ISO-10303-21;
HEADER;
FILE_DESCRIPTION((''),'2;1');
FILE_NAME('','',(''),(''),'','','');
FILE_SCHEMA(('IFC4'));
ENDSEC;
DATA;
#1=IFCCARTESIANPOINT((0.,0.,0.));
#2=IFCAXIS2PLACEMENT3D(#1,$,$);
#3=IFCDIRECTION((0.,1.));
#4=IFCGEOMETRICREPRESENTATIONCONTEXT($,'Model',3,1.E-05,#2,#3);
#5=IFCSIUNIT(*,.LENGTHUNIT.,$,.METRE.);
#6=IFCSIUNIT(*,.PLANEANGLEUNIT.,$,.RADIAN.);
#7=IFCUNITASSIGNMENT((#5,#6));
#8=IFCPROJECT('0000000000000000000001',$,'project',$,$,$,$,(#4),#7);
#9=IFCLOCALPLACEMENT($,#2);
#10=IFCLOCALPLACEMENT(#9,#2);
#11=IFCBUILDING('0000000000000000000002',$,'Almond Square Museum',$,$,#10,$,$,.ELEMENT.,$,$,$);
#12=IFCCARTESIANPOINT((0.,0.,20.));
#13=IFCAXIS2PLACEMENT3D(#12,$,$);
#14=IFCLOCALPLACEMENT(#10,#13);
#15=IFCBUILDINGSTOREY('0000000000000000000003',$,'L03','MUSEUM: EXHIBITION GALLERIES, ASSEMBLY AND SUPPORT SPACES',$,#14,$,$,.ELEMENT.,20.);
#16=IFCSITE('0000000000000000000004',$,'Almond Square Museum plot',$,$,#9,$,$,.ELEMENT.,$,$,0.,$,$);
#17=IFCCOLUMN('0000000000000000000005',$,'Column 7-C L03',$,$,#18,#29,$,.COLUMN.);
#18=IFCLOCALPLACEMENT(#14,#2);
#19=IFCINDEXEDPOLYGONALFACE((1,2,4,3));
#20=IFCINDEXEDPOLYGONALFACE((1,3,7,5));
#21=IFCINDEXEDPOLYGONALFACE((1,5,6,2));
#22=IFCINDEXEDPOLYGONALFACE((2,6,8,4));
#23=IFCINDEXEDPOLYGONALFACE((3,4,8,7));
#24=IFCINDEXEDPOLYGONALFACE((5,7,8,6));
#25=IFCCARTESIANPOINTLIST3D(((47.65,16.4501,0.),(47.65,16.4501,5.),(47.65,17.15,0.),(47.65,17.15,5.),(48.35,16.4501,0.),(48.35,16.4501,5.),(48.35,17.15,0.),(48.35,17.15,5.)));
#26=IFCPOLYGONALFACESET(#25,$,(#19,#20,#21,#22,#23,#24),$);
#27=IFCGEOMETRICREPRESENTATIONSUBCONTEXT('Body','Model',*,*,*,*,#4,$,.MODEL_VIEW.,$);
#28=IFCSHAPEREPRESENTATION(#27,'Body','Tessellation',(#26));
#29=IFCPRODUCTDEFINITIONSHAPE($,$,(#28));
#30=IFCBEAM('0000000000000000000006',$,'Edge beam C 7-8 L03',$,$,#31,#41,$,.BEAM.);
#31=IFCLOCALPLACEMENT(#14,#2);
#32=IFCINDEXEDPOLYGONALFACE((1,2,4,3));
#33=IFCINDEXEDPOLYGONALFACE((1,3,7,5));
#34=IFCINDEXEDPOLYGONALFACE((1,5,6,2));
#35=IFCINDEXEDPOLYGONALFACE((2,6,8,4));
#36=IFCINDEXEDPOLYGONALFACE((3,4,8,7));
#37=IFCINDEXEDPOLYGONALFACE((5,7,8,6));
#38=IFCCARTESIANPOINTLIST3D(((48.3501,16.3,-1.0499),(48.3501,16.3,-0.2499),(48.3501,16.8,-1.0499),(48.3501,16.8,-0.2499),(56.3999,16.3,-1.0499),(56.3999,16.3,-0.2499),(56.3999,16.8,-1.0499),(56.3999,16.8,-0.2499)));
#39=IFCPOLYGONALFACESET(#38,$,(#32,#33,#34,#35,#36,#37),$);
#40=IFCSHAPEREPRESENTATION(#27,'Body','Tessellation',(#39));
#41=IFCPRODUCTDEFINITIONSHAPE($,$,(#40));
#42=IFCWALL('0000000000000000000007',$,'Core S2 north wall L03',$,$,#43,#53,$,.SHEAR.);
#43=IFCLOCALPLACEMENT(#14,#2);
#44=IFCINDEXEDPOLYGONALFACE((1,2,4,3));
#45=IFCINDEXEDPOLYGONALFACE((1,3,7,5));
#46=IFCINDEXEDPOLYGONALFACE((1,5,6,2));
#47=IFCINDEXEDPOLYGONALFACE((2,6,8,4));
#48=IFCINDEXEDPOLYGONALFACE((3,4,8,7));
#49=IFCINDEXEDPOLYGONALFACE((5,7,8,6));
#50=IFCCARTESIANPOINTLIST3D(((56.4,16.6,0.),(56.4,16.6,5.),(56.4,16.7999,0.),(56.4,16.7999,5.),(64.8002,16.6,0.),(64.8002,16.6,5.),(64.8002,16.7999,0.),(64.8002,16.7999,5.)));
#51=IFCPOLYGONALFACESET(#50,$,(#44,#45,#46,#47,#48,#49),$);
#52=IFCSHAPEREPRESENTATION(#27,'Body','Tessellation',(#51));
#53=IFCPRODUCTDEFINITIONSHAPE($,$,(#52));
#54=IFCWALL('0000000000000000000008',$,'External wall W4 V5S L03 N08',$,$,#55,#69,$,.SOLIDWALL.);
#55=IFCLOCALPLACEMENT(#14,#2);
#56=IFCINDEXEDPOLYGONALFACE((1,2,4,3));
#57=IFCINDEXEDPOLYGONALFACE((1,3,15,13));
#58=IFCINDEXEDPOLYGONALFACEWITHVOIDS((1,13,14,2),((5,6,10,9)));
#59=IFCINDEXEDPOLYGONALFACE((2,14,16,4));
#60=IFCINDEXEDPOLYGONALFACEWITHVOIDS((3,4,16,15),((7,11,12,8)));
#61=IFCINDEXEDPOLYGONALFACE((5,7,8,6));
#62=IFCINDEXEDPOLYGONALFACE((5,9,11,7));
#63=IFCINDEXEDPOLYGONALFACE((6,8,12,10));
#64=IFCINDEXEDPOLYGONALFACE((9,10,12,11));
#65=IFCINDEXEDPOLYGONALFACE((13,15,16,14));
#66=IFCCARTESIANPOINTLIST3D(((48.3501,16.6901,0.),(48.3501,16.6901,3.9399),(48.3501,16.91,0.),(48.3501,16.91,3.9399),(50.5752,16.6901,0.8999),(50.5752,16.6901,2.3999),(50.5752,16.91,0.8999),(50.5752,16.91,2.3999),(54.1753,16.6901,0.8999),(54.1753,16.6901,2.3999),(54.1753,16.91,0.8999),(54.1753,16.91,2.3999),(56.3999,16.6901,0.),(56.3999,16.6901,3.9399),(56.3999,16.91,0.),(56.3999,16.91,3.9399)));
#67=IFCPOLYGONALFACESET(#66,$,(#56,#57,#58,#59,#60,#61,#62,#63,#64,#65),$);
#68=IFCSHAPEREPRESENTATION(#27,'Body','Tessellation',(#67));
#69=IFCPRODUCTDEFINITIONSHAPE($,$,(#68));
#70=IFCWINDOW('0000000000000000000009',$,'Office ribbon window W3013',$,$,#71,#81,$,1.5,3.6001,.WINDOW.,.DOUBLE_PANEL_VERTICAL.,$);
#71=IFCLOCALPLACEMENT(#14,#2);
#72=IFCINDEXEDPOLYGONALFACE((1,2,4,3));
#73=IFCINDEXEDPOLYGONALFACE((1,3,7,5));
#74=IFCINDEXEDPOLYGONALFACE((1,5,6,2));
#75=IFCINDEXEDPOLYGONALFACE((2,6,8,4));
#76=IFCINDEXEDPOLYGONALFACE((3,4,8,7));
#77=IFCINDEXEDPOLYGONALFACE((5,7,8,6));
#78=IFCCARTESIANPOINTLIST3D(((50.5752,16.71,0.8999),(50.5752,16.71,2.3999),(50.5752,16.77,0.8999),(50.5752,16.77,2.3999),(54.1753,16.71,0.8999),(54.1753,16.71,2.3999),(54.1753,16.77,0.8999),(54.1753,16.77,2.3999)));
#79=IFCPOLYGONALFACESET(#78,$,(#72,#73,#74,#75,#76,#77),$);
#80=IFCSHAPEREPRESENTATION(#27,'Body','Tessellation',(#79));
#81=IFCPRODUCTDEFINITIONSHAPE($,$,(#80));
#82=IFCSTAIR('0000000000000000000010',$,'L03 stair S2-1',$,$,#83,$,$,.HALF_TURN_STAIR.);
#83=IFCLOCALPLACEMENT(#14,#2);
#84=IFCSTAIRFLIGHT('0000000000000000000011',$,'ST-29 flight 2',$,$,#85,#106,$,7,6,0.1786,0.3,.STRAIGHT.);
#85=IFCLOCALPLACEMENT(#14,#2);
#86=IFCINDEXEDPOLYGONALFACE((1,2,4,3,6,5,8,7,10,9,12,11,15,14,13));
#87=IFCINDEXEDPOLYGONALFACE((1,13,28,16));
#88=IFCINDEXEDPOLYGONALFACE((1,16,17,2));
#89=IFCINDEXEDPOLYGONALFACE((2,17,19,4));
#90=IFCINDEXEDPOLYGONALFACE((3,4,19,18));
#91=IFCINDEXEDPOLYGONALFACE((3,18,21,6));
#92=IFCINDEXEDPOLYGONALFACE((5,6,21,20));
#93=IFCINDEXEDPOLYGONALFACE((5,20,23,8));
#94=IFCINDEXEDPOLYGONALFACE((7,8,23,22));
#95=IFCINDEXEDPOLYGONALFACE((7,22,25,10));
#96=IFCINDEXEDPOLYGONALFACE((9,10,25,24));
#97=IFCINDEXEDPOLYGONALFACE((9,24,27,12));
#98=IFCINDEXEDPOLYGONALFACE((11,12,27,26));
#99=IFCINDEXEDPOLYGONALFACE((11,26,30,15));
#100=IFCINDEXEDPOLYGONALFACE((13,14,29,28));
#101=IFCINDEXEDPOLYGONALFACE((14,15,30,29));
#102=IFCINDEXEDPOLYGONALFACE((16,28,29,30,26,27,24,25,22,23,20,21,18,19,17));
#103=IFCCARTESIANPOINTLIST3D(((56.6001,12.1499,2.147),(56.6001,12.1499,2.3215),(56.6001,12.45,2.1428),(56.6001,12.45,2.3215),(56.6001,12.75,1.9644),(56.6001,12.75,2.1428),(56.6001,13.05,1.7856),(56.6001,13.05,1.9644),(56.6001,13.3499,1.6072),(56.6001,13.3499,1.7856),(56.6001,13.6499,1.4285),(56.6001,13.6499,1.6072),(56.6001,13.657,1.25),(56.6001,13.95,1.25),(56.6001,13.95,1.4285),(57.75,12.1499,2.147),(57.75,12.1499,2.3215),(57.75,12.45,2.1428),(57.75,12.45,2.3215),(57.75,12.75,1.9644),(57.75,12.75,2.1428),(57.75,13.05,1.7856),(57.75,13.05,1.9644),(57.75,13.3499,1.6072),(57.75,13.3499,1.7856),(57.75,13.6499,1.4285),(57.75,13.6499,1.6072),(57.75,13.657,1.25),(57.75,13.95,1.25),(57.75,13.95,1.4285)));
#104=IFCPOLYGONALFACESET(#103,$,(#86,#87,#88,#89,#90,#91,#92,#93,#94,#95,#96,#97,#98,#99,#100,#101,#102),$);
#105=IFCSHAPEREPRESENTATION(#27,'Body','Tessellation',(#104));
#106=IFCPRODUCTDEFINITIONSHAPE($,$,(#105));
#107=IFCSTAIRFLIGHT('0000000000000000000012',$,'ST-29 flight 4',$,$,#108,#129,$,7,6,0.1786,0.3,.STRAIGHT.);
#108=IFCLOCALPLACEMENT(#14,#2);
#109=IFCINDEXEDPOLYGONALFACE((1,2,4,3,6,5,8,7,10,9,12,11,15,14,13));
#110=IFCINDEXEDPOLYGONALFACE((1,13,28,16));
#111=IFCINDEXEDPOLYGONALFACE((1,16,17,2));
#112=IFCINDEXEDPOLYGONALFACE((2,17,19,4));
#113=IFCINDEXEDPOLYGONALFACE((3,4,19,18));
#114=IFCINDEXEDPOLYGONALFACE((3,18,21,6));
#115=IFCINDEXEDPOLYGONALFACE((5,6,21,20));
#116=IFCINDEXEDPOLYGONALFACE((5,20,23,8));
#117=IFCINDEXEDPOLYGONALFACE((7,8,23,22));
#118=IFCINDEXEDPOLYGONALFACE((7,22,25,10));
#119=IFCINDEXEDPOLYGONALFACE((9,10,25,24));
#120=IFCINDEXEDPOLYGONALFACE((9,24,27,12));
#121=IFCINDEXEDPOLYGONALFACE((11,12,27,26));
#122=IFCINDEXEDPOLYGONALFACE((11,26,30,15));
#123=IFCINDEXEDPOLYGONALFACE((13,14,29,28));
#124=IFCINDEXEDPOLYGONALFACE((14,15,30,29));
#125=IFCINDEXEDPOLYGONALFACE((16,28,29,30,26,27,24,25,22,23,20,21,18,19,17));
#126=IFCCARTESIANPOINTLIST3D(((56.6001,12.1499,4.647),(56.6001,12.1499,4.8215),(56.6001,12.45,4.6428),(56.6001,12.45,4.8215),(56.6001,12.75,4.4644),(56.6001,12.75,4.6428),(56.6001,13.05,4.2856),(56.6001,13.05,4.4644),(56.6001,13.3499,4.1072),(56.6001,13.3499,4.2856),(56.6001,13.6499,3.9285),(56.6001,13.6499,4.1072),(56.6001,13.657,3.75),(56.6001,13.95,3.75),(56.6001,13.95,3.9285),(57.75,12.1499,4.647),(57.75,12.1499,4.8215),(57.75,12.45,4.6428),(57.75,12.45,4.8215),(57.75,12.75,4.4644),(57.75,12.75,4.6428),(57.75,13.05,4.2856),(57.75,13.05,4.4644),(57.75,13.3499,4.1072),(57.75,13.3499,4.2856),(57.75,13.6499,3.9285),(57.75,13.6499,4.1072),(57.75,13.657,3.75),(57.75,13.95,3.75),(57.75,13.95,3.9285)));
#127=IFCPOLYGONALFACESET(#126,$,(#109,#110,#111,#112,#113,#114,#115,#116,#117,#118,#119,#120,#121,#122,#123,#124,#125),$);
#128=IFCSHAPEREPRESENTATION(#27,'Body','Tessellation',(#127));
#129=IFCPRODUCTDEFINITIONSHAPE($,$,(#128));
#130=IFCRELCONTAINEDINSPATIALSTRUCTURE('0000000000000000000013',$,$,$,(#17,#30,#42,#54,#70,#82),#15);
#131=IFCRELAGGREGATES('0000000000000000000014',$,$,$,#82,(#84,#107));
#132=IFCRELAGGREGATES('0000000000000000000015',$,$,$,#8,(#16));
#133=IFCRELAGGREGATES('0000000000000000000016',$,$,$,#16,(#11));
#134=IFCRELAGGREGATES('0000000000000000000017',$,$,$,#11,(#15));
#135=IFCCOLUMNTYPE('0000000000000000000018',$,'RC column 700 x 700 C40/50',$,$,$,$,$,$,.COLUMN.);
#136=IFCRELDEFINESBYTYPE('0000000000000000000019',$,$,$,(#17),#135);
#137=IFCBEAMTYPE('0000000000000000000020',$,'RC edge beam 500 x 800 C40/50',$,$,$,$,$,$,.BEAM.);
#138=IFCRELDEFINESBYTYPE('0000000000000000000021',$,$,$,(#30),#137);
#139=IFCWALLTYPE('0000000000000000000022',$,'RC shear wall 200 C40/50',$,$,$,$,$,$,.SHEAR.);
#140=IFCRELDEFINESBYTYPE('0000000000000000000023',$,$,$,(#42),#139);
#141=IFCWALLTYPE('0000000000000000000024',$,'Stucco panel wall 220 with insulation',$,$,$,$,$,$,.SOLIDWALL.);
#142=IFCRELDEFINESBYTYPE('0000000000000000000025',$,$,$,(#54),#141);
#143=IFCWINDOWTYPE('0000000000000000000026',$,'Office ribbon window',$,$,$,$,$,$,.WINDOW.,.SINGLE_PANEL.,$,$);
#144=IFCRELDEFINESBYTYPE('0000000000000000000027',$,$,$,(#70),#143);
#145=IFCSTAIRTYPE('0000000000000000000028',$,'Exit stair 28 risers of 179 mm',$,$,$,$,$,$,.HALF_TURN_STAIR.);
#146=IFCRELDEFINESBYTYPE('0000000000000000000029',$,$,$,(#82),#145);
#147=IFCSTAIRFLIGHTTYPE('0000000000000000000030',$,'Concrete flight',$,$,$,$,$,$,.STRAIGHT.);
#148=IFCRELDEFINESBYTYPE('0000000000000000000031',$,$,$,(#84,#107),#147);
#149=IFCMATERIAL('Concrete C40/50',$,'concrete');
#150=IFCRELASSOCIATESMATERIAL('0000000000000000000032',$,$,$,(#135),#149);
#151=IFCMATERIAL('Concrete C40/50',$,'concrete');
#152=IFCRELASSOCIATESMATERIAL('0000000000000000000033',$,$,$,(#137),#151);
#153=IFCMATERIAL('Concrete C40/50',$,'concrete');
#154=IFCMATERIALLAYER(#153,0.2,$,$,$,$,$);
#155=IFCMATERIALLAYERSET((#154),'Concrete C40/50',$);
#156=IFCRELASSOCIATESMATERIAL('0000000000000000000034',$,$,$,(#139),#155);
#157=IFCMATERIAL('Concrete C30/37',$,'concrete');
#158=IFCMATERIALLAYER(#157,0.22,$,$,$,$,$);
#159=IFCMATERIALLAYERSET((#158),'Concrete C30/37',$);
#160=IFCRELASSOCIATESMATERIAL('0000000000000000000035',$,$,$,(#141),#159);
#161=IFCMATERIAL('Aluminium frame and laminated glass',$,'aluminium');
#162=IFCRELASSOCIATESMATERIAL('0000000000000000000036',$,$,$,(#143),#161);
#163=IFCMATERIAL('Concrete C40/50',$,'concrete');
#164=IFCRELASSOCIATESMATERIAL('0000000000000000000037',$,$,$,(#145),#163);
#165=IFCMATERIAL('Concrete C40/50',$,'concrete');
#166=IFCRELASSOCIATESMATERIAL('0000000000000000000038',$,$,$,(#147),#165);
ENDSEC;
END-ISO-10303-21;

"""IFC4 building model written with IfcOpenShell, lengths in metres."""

from ifc_helpers import new_model, si_unit, direction, frame, frame_2d, origin, origin_2d, place, context, subcontext, project, spatial, polyline, rectangle, outline, extrude, material, layer, layer_set, material_profile, profile_set, type_object, element, fill, aggregate, save


model = new_model("IFC4")

# Units and contexts
model_context = context("Model", 3, precision=1e-05, world=origin(), true_north=direction((0.0, 1.0)))
body_context = subcontext(model_context, "Body", "Model", "MODEL_VIEW")
ifc_project = project(units=[si_unit("LENGTHUNIT", "METRE"), si_unit("PLANEANGLEUNIT", "RADIAN")], contexts=[model_context])

# Site, building, storey
site_placement = place(None, origin())
site = spatial("IfcSite", under=ifc_project, at=site_placement, Name="Almond Square Museum plot", CompositionType="ELEMENT", RefElevation=0.0)
building_placement = place(site_placement, origin())
building = spatial("IfcBuilding", under=site, at=building_placement, Name="Almond Square Museum", CompositionType="ELEMENT")
storey_placement = place(building_placement, frame((0.0, 0.0, 20.0)))
storey = spatial("IfcBuildingStorey", under=building, at=storey_placement, Name="L03", Description="MUSEUM: EXHIBITION GALLERIES, ASSEMBLY AND SUPPORT SPACES", CompositionType="ELEMENT", Elevation=20.0)

# Column
ifc_material_1 = material(Name="Concrete C40/50", Category="concrete")
ifc_material_profile_1 = material_profile(ifc_material_1, rectangle(XDim=0.7, YDim=0.7, at=origin_2d()))
ifc_profile_set_1 = profile_set([ifc_material_profile_1], Name="Concrete C40/50")
column_type = type_object("IfcColumnType", Name="RC column 700 x 700 C40/50", PredefinedType="COLUMN", material=ifc_profile_set_1)
column_placement = place(storey_placement, frame((48.0, 16.8, 0.0), z_axis=(0.0, 0.0, 1.0), x_axis=(1.0, 0.0, 0.0)))
element("IfcColumn", 1, at=column_placement, inside=storey, type_object=column_type, Name="Column 7-C L03", PredefinedType="COLUMN", context=body_context, shape_type="SweptSolid", body=[
    extrude(rectangle(XDim=0.7, YDim=0.7, at=origin_2d()), origin(), (0.0, 0.0, 1.0), 5.0),
])

# Beam
ifc_material_2 = material(Name="Concrete C40/50", Category="concrete")
ifc_material_profile_2 = material_profile(ifc_material_2, rectangle(XDim=0.5, YDim=0.8, at=origin_2d()))
ifc_profile_set_2 = profile_set([ifc_material_profile_2], Name="Concrete C40/50")
beam_type = type_object("IfcBeamType", Name="RC edge beam 500 x 800 C40/50", PredefinedType="BEAM", material=ifc_profile_set_2)
beam_placement = place(storey_placement, frame((48.3501, 16.55, -0.6499), z_axis=(1.0, 0.0, 0.0), x_axis=(0.0, 1.0, 0.0)))
element("IfcBeam", 2, at=beam_placement, inside=storey, type_object=beam_type, Name="Edge beam C 7-8 L03", PredefinedType="BEAM", context=body_context, shape_type="SweptSolid", body=[
    extrude(rectangle(XDim=0.5, YDim=0.8, at=origin_2d()), origin(), (0.0, 0.0, 1.0), 8.0498),
])

# Wall
ifc_material_3 = material(Name="Concrete C40/50", Category="concrete")
ifc_layer_1 = layer(ifc_material_3, 0.2)
ifc_layer_set_1 = layer_set([ifc_layer_1], Name="Concrete C40/50")
wall_type_1 = type_object("IfcWallType", Name="RC shear wall 200 C40/50", PredefinedType="SHEAR", material=ifc_layer_set_1)
wall_1_placement = place(storey_placement, frame((56.3999, 16.7, 0.0), z_axis=(0.0, 0.0, 1.0), x_axis=(1.0, 0.0, 0.0)))
element("IfcWall", 3, at=wall_1_placement, inside=storey, type_object=wall_type_1, Name="Core S2 north wall L03", PredefinedType="SHEAR", context=body_context, shape_type="SweptSolid", body=[
    extrude(rectangle(XDim=8.4001, YDim=0.2, at=frame_2d((4.2002, 0.0))), origin(), (0.0, 0.0, 1.0), 5.0),
])

# Wall, opening, window
ifc_material_4 = material(Name="Concrete C30/37", Category="concrete")
ifc_layer_2 = layer(ifc_material_4, 0.22)
ifc_layer_set_2 = layer_set([ifc_layer_2], Name="Concrete C30/37")
wall_type_2 = type_object("IfcWallType", Name="Stucco panel wall 220 with insulation", PredefinedType="SOLIDWALL", material=ifc_layer_set_2)
wall_2_placement = place(storey_placement, frame((48.3501, 16.8, 0.0), z_axis=(0.0, 0.0, 1.0), x_axis=(1.0, 0.0, 0.0)))
wall_2 = element("IfcWall", 4, at=wall_2_placement, inside=storey, type_object=wall_type_2, Name="External wall W4 V5S L03 N08", PredefinedType="SOLIDWALL", context=body_context, shape_type="SweptSolid", body=[
    extrude(rectangle(XDim=8.0498, YDim=0.22, at=frame_2d((4.0249, 0.0))), origin(), (0.0, 0.0, 1.0), 3.9399),
])
opening_placement = place(wall_2_placement, frame((2.2251, 0.0, 0.8999)))
opening = element("IfcOpeningElement", 5, at=opening_placement, cuts=wall_2, PredefinedType="OPENING", context=body_context, shape_type="SweptSolid", body=[
    extrude(rectangle(XDim=3.6001, YDim=1.5, at=frame_2d((1.8, 0.75))), frame((0.0, 0.1199, 0.0), z_axis=(0.0, -1.0, 0.0), x_axis=(1.0, 0.0, 0.0)), (0.0, 0.0, 1.0), 0.24),
])
ifc_material_5 = material(Name="Aluminium frame and laminated glass", Category="aluminium")
window_type = type_object("IfcWindowType", Name="Office ribbon window", PartitioningType="SINGLE_PANEL", PredefinedType="WINDOW", material=ifc_material_5)
window_placement = place(opening_placement, origin())
window = element("IfcWindow", 6, at=window_placement, inside=storey, type_object=window_type, Name="Office ribbon window W3013", OverallHeight=1.5, OverallWidth=3.6001, PartitioningType="DOUBLE_PANEL_VERTICAL", PredefinedType="WINDOW", context=body_context, shape_type="SweptSolid", body=[
    extrude(rectangle(XDim=3.6001, YDim=1.5, at=frame_2d((1.8, 0.75))), frame((0.0, -0.03, 0.0), z_axis=(0.0, -1.0, 0.0), x_axis=(1.0, 0.0, 0.0)), (0.0, 0.0, 1.0), 0.0601),
])
fill(opening, window)

# Stair, stair flights
ifc_material_6 = material(Name="Concrete C40/50", Category="concrete")
stair_type = type_object("IfcStairType", Name="Exit stair 28 risers of 179 mm", PredefinedType="HALF_TURN_STAIR", material=ifc_material_6)
stair_placement = place(storey_placement, origin())
stair = element("IfcStair", 7, at=stair_placement, inside=storey, type_object=stair_type, Name="L03 stair S2-1", PredefinedType="HALF_TURN_STAIR")
ifc_material_7 = material(Name="Concrete C40/50", Category="concrete")
stair_flight_type = type_object("IfcStairFlightType", Name="Concrete flight", PredefinedType="STRAIGHT", material=ifc_material_7)
stair_flight_1_placement = place(storey_placement, frame((57.175, 13.95, 1.25), z_axis=(0.0, 0.0, 1.0), x_axis=(0.0, -1.0, 0.0)))
stair_flight_1 = element("IfcStairFlight", 8, at=stair_flight_1_placement, type_object=stair_flight_type, Name="ST-29 flight 2", NumberOfRisers=7, NumberOfTreads=6, PredefinedType="STRAIGHT", RiserHeight=0.1786, TreadLength=0.3, context=body_context, shape_type="SweptSolid", body=[
    extrude(outline(polyline([(0.0, 0.0), (0.0, 0.1785), (0.3, 0.1785), (0.3, 0.3572), (0.6001, 0.3572), (0.6001, 0.5356), (0.8999, 0.5356), (0.8999, 0.7144), (1.2, 0.7144), (1.2, 0.8928), (1.5, 0.8928), (1.5, 1.0715), (1.8, 1.0715), (1.8, 1.25), (1.8, 0.897), (0.293, 0.0), (0.0, 0.0)])), frame((0.0, 0.575, 0.0), z_axis=(0.0, -1.0, 0.0), x_axis=(1.0, 0.0, 0.0)), (0.0, 0.0, 1.0), 1.1499),
])
stair_flight_2_placement = place(storey_placement, frame((57.175, 13.95, 3.75), z_axis=(0.0, 0.0, 1.0), x_axis=(0.0, -1.0, 0.0)))
stair_flight_2 = element("IfcStairFlight", 9, at=stair_flight_2_placement, type_object=stair_flight_type, Name="ST-29 flight 4", NumberOfRisers=7, NumberOfTreads=6, PredefinedType="STRAIGHT", RiserHeight=0.1786, TreadLength=0.3, context=body_context, shape_type="SweptSolid", body=[
    extrude(outline(polyline([(0.0, 0.0), (0.0, 0.1785), (0.3, 0.1785), (0.3, 0.3572), (0.6001, 0.3572), (0.6001, 0.5356), (0.8999, 0.5356), (0.8999, 0.7144), (1.2, 0.7144), (1.2, 0.8928), (1.5, 0.8928), (1.5, 1.0715), (1.8, 1.0715), (1.8, 1.25), (1.8, 0.897), (0.293, 0.0), (0.0, 0.0)])), frame((0.0, 0.575, 0.0), z_axis=(0.0, -1.0, 0.0), x_axis=(1.0, 0.0, 0.0)), (0.0, 0.0, 1.0), 1.1499),
])
aggregate(stair, [stair_flight_1, stair_flight_2])

save(model, "model.ifc")
